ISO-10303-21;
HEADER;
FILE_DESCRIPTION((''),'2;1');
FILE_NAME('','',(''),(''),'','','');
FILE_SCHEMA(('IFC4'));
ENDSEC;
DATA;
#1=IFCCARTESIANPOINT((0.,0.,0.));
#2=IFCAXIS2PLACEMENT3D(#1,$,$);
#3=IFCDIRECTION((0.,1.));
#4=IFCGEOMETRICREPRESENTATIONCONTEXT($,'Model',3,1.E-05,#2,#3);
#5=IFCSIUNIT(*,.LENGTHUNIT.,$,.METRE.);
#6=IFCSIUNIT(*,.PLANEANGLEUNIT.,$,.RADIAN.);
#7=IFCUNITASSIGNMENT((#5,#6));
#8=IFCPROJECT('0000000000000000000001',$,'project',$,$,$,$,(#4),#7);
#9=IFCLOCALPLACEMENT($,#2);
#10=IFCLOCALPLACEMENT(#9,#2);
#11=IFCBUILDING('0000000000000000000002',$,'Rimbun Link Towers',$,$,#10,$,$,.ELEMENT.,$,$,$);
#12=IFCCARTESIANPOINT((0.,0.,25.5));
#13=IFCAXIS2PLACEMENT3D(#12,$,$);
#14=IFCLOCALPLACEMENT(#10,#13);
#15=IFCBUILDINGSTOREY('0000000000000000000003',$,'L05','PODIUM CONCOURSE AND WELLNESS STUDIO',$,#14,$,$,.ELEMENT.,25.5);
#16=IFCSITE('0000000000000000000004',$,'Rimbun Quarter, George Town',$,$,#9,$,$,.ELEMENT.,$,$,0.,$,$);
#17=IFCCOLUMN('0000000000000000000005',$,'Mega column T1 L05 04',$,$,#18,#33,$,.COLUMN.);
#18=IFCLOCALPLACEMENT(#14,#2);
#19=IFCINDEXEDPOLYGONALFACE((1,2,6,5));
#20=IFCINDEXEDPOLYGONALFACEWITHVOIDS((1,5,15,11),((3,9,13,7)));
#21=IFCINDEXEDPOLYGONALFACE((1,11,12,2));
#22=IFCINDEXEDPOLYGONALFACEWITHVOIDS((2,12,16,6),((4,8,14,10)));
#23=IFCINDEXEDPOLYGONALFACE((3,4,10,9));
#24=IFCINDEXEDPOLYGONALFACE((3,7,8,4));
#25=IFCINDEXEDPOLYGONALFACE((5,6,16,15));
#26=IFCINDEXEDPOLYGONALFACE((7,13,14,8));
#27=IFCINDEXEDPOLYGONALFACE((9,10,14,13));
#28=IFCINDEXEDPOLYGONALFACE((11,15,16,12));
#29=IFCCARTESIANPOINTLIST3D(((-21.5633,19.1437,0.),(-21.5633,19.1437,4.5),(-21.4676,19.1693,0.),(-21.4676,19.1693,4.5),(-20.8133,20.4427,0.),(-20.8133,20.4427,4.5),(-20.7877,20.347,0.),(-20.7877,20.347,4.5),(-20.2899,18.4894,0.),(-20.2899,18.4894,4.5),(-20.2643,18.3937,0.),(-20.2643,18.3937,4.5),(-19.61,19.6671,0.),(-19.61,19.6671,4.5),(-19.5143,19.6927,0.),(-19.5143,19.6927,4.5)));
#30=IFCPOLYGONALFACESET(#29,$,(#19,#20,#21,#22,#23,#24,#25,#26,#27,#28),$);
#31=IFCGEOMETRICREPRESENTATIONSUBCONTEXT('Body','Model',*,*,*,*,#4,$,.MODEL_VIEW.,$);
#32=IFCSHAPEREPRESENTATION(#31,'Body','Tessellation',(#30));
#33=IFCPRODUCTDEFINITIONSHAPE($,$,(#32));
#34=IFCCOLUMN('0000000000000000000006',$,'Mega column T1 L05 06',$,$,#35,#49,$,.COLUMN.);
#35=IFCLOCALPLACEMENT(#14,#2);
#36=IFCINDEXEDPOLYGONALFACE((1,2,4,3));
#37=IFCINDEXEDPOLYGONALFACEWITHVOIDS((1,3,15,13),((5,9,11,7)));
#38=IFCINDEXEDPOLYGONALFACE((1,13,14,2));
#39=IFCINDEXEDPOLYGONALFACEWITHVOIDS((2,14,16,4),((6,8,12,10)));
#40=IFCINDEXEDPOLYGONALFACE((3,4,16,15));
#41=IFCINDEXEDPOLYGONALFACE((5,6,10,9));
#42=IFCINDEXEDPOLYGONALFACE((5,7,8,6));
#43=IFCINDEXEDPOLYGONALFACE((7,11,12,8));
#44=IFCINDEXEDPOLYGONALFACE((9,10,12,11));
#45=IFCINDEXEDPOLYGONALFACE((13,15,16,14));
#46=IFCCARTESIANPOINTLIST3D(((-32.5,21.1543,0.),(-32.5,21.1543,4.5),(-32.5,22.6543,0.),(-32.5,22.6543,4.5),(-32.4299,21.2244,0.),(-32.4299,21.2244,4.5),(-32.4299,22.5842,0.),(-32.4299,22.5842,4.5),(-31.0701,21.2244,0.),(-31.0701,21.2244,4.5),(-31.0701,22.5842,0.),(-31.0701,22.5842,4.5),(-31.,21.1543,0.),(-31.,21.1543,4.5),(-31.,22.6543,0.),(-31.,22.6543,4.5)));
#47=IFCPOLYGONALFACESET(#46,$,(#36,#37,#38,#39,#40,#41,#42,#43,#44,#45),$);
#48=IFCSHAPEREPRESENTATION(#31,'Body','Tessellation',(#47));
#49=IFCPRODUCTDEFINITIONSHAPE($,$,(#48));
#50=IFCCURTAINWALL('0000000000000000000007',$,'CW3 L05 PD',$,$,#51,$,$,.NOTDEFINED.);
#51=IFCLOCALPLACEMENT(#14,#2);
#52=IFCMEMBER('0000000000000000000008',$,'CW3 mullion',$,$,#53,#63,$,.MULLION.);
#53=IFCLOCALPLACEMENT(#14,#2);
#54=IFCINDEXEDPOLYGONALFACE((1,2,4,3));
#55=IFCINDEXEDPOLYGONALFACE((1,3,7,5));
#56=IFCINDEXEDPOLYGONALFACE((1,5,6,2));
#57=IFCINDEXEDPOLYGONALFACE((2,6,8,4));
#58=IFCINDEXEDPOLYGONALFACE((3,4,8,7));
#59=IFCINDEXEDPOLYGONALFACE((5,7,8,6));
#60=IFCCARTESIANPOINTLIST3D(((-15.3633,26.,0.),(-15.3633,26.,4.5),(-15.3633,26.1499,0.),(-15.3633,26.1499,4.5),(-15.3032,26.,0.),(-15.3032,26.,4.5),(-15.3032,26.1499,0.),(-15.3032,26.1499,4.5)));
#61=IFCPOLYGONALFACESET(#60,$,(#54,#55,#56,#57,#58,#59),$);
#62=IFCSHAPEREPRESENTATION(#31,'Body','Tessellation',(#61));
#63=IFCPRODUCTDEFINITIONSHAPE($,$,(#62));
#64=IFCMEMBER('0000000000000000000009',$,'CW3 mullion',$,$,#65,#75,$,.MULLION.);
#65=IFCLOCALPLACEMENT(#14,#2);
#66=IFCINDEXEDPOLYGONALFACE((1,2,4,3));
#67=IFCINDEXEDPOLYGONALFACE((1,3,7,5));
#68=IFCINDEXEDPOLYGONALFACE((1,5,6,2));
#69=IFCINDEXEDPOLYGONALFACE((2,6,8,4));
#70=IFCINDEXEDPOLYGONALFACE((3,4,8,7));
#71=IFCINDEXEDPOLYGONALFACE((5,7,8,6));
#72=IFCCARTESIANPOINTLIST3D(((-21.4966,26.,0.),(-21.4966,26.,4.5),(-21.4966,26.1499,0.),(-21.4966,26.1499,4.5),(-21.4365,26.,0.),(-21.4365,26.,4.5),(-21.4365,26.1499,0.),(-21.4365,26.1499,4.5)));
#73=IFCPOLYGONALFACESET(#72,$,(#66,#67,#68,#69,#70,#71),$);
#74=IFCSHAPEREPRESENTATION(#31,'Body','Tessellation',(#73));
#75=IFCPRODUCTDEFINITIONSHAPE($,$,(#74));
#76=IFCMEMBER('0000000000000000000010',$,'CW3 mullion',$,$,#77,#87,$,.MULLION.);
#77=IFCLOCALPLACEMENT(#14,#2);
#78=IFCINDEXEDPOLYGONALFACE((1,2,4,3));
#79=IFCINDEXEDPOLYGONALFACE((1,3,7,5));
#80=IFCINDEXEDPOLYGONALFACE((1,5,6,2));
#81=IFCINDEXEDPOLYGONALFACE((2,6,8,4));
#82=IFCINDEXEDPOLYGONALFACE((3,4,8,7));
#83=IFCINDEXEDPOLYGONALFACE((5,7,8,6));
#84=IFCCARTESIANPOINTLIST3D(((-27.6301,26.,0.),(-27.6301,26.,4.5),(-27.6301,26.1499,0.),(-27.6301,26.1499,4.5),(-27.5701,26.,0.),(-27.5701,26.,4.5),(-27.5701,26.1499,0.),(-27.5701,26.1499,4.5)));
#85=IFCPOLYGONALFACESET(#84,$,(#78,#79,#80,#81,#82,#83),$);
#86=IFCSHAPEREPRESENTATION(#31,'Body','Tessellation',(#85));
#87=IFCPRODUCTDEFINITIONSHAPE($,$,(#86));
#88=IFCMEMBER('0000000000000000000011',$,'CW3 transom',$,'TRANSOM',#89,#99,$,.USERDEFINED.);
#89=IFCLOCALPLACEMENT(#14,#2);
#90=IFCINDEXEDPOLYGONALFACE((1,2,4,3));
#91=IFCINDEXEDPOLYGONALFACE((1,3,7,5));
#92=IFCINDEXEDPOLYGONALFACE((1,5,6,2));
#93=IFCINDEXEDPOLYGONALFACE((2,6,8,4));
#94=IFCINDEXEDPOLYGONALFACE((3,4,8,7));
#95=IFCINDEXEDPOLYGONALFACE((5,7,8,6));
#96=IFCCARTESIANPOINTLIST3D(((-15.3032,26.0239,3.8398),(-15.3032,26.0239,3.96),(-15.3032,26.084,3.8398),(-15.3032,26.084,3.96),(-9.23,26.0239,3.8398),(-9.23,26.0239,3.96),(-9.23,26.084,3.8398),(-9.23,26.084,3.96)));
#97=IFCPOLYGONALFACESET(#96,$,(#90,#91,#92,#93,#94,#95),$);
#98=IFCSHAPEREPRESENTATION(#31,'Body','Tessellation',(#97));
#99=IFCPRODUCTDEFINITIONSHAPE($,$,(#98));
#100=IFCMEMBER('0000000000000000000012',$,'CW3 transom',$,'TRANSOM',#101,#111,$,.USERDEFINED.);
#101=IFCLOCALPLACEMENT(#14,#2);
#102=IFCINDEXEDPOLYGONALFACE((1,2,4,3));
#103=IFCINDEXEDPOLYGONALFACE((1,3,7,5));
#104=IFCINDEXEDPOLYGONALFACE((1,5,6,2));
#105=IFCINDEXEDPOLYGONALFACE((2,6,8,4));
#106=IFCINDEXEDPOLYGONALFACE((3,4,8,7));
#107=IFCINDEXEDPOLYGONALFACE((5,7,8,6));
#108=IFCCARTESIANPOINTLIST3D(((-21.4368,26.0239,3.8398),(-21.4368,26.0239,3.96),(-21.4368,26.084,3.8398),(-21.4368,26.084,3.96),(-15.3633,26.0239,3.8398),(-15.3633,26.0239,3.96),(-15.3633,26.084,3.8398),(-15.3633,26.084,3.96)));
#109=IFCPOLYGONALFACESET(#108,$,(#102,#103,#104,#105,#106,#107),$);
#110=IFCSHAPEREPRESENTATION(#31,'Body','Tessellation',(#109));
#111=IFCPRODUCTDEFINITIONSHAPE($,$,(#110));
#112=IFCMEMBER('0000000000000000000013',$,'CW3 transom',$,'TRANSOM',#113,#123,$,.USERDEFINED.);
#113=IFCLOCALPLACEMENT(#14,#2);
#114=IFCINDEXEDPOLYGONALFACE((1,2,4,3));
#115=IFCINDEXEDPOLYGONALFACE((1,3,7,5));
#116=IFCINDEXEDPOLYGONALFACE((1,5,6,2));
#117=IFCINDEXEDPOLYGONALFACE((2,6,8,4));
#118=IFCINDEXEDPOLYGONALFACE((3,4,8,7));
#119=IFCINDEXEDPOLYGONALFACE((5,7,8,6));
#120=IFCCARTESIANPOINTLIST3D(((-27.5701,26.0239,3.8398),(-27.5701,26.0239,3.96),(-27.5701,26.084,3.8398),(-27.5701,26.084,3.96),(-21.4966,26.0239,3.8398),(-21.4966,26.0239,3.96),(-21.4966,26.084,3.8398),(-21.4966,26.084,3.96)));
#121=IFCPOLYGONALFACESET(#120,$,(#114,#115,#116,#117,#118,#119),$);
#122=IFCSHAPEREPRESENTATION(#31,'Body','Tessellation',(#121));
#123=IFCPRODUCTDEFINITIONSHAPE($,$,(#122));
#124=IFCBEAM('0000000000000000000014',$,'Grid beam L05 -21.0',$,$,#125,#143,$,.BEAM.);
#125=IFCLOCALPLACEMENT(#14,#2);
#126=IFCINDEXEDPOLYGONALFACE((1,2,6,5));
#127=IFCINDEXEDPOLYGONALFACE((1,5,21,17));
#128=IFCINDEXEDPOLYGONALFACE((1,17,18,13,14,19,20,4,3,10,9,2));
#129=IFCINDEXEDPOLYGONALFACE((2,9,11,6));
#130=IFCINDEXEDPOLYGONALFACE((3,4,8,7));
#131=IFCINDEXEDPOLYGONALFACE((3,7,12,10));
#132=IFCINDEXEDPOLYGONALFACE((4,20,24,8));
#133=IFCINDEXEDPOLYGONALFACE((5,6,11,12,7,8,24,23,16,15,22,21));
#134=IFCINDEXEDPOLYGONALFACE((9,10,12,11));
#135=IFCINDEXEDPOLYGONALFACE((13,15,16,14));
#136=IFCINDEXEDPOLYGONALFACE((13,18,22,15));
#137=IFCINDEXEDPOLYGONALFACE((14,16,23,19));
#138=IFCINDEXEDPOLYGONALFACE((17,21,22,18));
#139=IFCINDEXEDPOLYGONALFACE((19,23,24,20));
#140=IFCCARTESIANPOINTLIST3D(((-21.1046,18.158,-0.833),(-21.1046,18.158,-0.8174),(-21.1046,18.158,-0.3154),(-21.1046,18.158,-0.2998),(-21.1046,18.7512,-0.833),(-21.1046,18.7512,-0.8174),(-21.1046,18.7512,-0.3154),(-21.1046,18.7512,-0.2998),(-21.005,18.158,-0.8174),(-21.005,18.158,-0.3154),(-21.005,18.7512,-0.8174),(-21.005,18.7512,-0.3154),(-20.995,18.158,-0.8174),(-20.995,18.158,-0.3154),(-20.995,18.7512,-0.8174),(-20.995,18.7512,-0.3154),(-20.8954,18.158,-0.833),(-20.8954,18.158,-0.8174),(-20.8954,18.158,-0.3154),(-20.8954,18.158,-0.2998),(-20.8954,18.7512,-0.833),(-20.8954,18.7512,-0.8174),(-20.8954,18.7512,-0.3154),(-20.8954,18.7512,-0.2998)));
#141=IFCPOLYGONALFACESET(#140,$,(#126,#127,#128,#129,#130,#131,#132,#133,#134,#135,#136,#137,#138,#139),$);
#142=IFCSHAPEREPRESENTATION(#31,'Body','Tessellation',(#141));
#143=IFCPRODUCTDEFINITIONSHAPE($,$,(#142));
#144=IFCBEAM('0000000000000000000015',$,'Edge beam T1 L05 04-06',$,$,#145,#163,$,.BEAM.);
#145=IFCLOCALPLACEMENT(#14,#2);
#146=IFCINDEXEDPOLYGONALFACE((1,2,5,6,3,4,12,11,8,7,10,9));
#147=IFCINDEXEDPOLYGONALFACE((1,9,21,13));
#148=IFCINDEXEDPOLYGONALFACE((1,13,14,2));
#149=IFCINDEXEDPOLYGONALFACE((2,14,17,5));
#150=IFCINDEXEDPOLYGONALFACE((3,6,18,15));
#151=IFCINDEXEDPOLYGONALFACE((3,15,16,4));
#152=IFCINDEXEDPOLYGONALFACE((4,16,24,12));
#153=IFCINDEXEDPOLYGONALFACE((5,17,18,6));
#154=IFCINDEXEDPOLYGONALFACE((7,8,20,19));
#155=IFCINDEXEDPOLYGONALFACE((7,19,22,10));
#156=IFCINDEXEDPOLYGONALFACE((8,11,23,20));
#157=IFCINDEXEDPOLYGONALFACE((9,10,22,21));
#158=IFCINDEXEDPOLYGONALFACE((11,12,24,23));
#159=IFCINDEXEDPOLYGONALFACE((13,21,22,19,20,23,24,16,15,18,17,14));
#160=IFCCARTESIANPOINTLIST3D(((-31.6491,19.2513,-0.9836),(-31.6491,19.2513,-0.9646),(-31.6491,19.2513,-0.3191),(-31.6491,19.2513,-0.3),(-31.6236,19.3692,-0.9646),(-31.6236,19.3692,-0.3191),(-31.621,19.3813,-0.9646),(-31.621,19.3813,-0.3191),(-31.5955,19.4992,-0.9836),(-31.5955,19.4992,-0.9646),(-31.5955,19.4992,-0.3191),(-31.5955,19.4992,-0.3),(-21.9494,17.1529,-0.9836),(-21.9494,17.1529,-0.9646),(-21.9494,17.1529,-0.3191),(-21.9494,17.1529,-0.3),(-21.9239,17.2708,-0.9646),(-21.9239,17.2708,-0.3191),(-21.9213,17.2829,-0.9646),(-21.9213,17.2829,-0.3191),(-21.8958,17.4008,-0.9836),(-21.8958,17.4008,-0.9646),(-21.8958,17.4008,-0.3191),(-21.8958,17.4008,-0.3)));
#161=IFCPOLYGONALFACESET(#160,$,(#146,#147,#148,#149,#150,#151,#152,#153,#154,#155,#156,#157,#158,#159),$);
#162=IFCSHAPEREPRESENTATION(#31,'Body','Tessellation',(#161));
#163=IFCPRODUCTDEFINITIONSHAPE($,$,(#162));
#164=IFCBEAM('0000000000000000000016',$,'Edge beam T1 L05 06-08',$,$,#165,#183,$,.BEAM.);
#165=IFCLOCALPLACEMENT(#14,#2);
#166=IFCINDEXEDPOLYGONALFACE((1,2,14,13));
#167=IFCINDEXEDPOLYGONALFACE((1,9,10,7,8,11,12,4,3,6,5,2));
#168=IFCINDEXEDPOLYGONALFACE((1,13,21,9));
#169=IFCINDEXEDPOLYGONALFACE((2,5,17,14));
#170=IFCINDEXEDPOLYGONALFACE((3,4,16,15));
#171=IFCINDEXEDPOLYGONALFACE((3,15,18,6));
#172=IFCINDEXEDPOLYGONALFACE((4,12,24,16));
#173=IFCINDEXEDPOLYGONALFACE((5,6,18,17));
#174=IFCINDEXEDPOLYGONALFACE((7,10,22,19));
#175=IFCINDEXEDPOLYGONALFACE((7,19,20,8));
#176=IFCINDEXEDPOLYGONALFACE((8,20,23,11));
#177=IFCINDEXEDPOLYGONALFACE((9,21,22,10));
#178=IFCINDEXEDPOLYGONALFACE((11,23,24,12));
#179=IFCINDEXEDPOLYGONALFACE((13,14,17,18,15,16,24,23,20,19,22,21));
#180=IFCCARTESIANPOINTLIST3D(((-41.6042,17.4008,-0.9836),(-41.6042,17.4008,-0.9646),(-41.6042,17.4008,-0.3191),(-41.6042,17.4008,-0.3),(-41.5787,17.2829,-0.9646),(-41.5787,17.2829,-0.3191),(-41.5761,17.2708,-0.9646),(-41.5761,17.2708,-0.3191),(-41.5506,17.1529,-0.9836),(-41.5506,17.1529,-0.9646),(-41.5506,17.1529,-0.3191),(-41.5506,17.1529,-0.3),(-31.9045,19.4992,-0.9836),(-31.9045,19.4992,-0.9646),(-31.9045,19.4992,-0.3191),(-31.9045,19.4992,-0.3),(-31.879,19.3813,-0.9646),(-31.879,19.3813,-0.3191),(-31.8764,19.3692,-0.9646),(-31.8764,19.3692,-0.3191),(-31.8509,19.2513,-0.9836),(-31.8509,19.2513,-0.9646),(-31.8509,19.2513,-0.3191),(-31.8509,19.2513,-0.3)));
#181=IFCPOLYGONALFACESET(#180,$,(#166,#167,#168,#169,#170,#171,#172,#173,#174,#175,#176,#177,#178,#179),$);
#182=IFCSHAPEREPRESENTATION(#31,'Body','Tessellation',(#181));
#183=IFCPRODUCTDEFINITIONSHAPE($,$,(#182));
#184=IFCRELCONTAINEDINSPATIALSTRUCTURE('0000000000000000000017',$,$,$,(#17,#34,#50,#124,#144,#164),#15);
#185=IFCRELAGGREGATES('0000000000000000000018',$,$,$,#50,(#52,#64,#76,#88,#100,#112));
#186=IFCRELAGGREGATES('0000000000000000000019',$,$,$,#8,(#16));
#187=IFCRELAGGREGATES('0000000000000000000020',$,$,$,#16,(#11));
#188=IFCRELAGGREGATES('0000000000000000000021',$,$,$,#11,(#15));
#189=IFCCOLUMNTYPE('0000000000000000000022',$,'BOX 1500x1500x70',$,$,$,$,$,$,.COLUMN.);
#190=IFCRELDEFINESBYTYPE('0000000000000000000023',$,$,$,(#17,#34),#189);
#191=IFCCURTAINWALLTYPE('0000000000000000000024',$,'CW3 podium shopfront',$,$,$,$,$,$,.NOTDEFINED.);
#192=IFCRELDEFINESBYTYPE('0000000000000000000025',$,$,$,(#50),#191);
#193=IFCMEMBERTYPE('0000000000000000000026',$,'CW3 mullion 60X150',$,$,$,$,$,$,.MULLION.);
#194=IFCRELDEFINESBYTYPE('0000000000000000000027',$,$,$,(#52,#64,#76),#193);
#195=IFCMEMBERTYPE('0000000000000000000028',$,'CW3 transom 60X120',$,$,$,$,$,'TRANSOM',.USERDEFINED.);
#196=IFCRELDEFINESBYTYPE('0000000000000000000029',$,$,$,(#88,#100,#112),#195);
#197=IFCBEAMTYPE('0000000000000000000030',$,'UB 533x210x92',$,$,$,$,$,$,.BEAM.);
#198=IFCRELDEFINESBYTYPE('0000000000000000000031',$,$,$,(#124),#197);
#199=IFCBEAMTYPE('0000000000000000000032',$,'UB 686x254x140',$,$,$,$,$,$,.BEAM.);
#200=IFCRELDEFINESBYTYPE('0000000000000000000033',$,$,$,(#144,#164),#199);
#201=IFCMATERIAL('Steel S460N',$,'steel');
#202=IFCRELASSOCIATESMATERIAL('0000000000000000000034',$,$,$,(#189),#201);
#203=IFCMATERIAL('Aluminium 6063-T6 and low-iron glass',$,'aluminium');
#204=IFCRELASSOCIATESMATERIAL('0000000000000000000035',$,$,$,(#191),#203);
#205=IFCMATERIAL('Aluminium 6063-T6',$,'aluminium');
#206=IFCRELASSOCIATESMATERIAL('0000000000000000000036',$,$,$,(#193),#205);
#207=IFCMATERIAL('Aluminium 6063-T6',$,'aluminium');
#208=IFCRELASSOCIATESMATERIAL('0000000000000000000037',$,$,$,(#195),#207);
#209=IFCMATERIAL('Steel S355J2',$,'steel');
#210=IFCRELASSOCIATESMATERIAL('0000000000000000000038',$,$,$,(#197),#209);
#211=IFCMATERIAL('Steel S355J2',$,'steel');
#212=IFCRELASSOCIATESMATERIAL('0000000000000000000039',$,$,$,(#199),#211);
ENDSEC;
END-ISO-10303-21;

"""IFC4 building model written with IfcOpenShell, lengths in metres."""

from ifc_helpers import new_model, si_unit, direction, frame, origin, origin_2d, place, context, subcontext, project, spatial, rectangle, hollow_rectangle, i_section, extrude, material, material_profile, profile_set, type_object, element, aggregate, save


model = new_model("IFC4")

# Units and contexts
model_context = context("Model", 3, precision=1e-05, world=origin(), true_north=direction((0.0, 1.0)))
body_context = subcontext(model_context, "Body", "Model", "MODEL_VIEW")
ifc_project = project(units=[si_unit("LENGTHUNIT", "METRE"), si_unit("PLANEANGLEUNIT", "RADIAN")], contexts=[model_context])

# Site, building, storey
site_placement = place(None, origin())
site = spatial("IfcSite", under=ifc_project, at=site_placement, Name="Rimbun Quarter, George Town", CompositionType="ELEMENT", RefElevation=0.0)
building_placement = place(site_placement, origin())
building = spatial("IfcBuilding", under=site, at=building_placement, Name="Rimbun Link Towers", CompositionType="ELEMENT")
storey_placement = place(building_placement, frame((0.0, 0.0, 25.5)))
storey = spatial("IfcBuildingStorey", under=building, at=storey_placement, Name="L05", Description="PODIUM CONCOURSE AND WELLNESS STUDIO", CompositionType="ELEMENT", Elevation=25.5)

# Columns
ifc_material_1 = material(Name="Steel S460N", Category="steel")
ifc_material_profile_1 = material_profile(ifc_material_1, hollow_rectangle(XDim=1.5, YDim=1.5, WallThickness=0.0701, at=origin_2d()), Name="BOX 1500x1500x70")
ifc_profile_set_1 = profile_set([ifc_material_profile_1], Name="Steel S460N")
column_type = type_object("IfcColumnType", Name="BOX 1500x1500x70", PredefinedType="COLUMN", material=ifc_profile_set_1)
for number, where, z_axis, x_axis, name in (
    (1, (-20.5388, 19.4182, 0.0), (0.0, 0.0, 1.0), (0.5, 0.866025, 0.0), "Mega column T1 L05 04"),
    (2, (-31.75, 21.9043, 0.0), (0.0, 0.0, 1.0), (0.0, 1.0, 0.0), "Mega column T1 L05 06"),
):
    element("IfcColumn", number, at=place(storey_placement, frame(where, z_axis=z_axis, x_axis=x_axis)), inside=storey, type_object=column_type, Name=name, PredefinedType="COLUMN", context=body_context, shape_type="SweptSolid", body=[
        extrude(hollow_rectangle(XDim=1.5, YDim=1.5, WallThickness=0.0701, at=origin_2d()), origin(), (0.0, 0.0, 1.0), 4.5),
    ])

# Curtain wall, members
ifc_material_2 = material(Name="Aluminium 6063-T6 and low-iron glass", Category="aluminium")
curtain_wall_type = type_object("IfcCurtainWallType", Name="CW3 podium shopfront", PredefinedType="NOTDEFINED", material=ifc_material_2)
curtain_wall_placement = place(storey_placement, origin())
curtain_wall = element("IfcCurtainWall", 3, at=curtain_wall_placement, inside=storey, type_object=curtain_wall_type, Name="CW3 L05 PD", PredefinedType="NOTDEFINED")
ifc_material_3 = material(Name="Aluminium 6063-T6", Category="aluminium")
ifc_material_profile_2 = material_profile(ifc_material_3, rectangle(XDim=0.1499, YDim=0.0601, at=origin_2d()), Name="MULLION 60X150")
ifc_profile_set_2 = profile_set([ifc_material_profile_2], Name="Aluminium 6063-T6")
member_type_1 = type_object("IfcMemberType", Name="CW3 mullion 60X150", PredefinedType="MULLION", material=ifc_profile_set_2)
member_1_placement = place(storey_placement, frame((-15.3333, 26.075, 0.0), z_axis=(0.0, 0.0, 1.0), x_axis=(0.0, 1.0, 0.0)))
member_1 = element("IfcMember", 4, at=member_1_placement, type_object=member_type_1, Name="CW3 mullion", PredefinedType="MULLION", context=body_context, shape_type="SweptSolid", body=[
    extrude(rectangle(XDim=0.1499, YDim=0.0601, at=origin_2d()), origin(), (0.0, 0.0, 1.0), 4.5),
])
member_2_placement = place(storey_placement, frame((-21.4666, 26.075, 0.0), z_axis=(0.0, 0.0, 1.0), x_axis=(0.0, 1.0, 0.0)))
member_2 = element("IfcMember", 5, at=member_2_placement, type_object=member_type_1, Name="CW3 mullion", PredefinedType="MULLION", context=body_context, shape_type="SweptSolid", body=[
    extrude(rectangle(XDim=0.1499, YDim=0.0601, at=origin_2d()), origin(), (0.0, 0.0, 1.0), 4.5),
])
member_3_placement = place(storey_placement, frame((-27.6001, 26.075, 0.0), z_axis=(0.0, 0.0, 1.0), x_axis=(0.0, 1.0, 0.0)))
member_3 = element("IfcMember", 6, at=member_3_placement, type_object=member_type_1, Name="CW3 mullion", PredefinedType="MULLION", context=body_context, shape_type="SweptSolid", body=[
    extrude(rectangle(XDim=0.1499, YDim=0.0601, at=origin_2d()), origin(), (0.0, 0.0, 1.0), 4.5),
])
ifc_material_4 = material(Name="Aluminium 6063-T6", Category="aluminium")
ifc_material_profile_3 = material_profile(ifc_material_4, rectangle(XDim=0.0601, YDim=0.1201, at=origin_2d()), Name="TRANSOM 60X120")
ifc_profile_set_3 = profile_set([ifc_material_profile_3], Name="Aluminium 6063-T6")
member_type_2 = type_object("IfcMemberType", Name="CW3 transom 60X120", ElementType="TRANSOM", PredefinedType="USERDEFINED", material=ifc_profile_set_3)
member_4_placement = place(storey_placement, frame((-15.3032, 26.054, 3.8999), z_axis=(1.0, 0.0, 0.0), x_axis=(0.0, 1.0, 0.0)))
member_4 = element("IfcMember", 7, at=member_4_placement, type_object=member_type_2, Name="CW3 transom", ObjectType="TRANSOM", PredefinedType="USERDEFINED", context=body_context, shape_type="SweptSolid", body=[
    extrude(rectangle(XDim=0.0601, YDim=0.1201, at=origin_2d()), origin(), (0.0, 0.0, 1.0), 6.0732),
])
member_5_placement = place(storey_placement, frame((-21.4368, 26.054, 3.8999), z_axis=(1.0, 0.0, 0.0), x_axis=(0.0, 1.0, 0.0)))
member_5 = element("IfcMember", 8, at=member_5_placement, type_object=member_type_2, Name="CW3 transom", ObjectType="TRANSOM", PredefinedType="USERDEFINED", context=body_context, shape_type="SweptSolid", body=[
    extrude(rectangle(XDim=0.0601, YDim=0.1201, at=origin_2d()), origin(), (0.0, 0.0, 1.0), 6.0735),
])
member_6_placement = place(storey_placement, frame((-27.5701, 26.054, 3.8999), z_axis=(1.0, 0.0, 0.0), x_axis=(0.0, 1.0, 0.0)))
member_6 = element("IfcMember", 9, at=member_6_placement, type_object=member_type_2, Name="CW3 transom", ObjectType="TRANSOM", PredefinedType="USERDEFINED", context=body_context, shape_type="SweptSolid", body=[
    extrude(rectangle(XDim=0.0601, YDim=0.1201, at=origin_2d()), origin(), (0.0, 0.0, 1.0), 6.0735),
])

# Beams
ifc_material_5 = material(Name="Steel S355J2", Category="steel")
ifc_material_profile_4 = material_profile(ifc_material_5, i_section(OverallWidth=0.2092, OverallDepth=0.5332, WebThickness=0.01, FlangeThickness=0.0156, at=origin_2d()), Name="UB 533x210x92")
ifc_profile_set_4 = profile_set([ifc_material_profile_4], Name="Steel S355J2")
beam_type_1 = type_object("IfcBeamType", Name="UB 533x210x92", PredefinedType="BEAM", material=ifc_profile_set_4)
beam_placement = place(storey_placement, frame((-21.0, 18.158, -0.5664), z_axis=(0.0, 1.0, 0.0), x_axis=(-1.0, 0.0, 0.0)))
element("IfcBeam", 10, at=beam_placement, inside=storey, type_object=beam_type_1, Name="Grid beam L05 -21.0", PredefinedType="BEAM", context=body_context, shape_type="SweptSolid", body=[
    extrude(i_section(OverallWidth=0.2092, OverallDepth=0.5332, WebThickness=0.01, FlangeThickness=0.0156, at=origin_2d()), origin(), (0.0, 0.0, 1.0), 0.5933),
])
ifc_material_6 = material(Name="Steel S355J2", Category="steel")
ifc_material_profile_5 = material_profile(ifc_material_6, i_section(OverallWidth=0.2537, OverallDepth=0.6836, WebThickness=0.0125, FlangeThickness=0.019, at=origin_2d()), Name="UB 686x254x140")
ifc_profile_set_5 = profile_set([ifc_material_profile_5], Name="Steel S355J2")
beam_type_2 = type_object("IfcBeamType", Name="UB 686x254x140", PredefinedType="BEAM", material=ifc_profile_set_5)
for number, where, z_axis, x_axis, name in (
    (11, (-21.9226, 17.2769, -0.6418), (-0.97739, 0.211444, 0.0), (-0.211444, -0.97739, 0.0), "Edge beam T1 L05 04-06"),
    (12, (-31.8777, 19.3752, -0.6418), (-0.97739, -0.211444, 0.0), (0.211444, -0.97739, 0.0), "Edge beam T1 L05 06-08"),
):
    element("IfcBeam", number, at=place(storey_placement, frame(where, z_axis=z_axis, x_axis=x_axis)), inside=storey, type_object=beam_type_2, Name=name, PredefinedType="BEAM", context=body_context, shape_type="SweptSolid", body=[
        extrude(i_section(OverallWidth=0.2537, OverallDepth=0.6836, WebThickness=0.0125, FlangeThickness=0.019, at=origin_2d()), origin(), (0.0, 0.0, 1.0), 9.9241),
    ])

aggregate(curtain_wall, [member_1, member_2, member_3, member_4, member_5, member_6])

save(model, "model.ifc")
